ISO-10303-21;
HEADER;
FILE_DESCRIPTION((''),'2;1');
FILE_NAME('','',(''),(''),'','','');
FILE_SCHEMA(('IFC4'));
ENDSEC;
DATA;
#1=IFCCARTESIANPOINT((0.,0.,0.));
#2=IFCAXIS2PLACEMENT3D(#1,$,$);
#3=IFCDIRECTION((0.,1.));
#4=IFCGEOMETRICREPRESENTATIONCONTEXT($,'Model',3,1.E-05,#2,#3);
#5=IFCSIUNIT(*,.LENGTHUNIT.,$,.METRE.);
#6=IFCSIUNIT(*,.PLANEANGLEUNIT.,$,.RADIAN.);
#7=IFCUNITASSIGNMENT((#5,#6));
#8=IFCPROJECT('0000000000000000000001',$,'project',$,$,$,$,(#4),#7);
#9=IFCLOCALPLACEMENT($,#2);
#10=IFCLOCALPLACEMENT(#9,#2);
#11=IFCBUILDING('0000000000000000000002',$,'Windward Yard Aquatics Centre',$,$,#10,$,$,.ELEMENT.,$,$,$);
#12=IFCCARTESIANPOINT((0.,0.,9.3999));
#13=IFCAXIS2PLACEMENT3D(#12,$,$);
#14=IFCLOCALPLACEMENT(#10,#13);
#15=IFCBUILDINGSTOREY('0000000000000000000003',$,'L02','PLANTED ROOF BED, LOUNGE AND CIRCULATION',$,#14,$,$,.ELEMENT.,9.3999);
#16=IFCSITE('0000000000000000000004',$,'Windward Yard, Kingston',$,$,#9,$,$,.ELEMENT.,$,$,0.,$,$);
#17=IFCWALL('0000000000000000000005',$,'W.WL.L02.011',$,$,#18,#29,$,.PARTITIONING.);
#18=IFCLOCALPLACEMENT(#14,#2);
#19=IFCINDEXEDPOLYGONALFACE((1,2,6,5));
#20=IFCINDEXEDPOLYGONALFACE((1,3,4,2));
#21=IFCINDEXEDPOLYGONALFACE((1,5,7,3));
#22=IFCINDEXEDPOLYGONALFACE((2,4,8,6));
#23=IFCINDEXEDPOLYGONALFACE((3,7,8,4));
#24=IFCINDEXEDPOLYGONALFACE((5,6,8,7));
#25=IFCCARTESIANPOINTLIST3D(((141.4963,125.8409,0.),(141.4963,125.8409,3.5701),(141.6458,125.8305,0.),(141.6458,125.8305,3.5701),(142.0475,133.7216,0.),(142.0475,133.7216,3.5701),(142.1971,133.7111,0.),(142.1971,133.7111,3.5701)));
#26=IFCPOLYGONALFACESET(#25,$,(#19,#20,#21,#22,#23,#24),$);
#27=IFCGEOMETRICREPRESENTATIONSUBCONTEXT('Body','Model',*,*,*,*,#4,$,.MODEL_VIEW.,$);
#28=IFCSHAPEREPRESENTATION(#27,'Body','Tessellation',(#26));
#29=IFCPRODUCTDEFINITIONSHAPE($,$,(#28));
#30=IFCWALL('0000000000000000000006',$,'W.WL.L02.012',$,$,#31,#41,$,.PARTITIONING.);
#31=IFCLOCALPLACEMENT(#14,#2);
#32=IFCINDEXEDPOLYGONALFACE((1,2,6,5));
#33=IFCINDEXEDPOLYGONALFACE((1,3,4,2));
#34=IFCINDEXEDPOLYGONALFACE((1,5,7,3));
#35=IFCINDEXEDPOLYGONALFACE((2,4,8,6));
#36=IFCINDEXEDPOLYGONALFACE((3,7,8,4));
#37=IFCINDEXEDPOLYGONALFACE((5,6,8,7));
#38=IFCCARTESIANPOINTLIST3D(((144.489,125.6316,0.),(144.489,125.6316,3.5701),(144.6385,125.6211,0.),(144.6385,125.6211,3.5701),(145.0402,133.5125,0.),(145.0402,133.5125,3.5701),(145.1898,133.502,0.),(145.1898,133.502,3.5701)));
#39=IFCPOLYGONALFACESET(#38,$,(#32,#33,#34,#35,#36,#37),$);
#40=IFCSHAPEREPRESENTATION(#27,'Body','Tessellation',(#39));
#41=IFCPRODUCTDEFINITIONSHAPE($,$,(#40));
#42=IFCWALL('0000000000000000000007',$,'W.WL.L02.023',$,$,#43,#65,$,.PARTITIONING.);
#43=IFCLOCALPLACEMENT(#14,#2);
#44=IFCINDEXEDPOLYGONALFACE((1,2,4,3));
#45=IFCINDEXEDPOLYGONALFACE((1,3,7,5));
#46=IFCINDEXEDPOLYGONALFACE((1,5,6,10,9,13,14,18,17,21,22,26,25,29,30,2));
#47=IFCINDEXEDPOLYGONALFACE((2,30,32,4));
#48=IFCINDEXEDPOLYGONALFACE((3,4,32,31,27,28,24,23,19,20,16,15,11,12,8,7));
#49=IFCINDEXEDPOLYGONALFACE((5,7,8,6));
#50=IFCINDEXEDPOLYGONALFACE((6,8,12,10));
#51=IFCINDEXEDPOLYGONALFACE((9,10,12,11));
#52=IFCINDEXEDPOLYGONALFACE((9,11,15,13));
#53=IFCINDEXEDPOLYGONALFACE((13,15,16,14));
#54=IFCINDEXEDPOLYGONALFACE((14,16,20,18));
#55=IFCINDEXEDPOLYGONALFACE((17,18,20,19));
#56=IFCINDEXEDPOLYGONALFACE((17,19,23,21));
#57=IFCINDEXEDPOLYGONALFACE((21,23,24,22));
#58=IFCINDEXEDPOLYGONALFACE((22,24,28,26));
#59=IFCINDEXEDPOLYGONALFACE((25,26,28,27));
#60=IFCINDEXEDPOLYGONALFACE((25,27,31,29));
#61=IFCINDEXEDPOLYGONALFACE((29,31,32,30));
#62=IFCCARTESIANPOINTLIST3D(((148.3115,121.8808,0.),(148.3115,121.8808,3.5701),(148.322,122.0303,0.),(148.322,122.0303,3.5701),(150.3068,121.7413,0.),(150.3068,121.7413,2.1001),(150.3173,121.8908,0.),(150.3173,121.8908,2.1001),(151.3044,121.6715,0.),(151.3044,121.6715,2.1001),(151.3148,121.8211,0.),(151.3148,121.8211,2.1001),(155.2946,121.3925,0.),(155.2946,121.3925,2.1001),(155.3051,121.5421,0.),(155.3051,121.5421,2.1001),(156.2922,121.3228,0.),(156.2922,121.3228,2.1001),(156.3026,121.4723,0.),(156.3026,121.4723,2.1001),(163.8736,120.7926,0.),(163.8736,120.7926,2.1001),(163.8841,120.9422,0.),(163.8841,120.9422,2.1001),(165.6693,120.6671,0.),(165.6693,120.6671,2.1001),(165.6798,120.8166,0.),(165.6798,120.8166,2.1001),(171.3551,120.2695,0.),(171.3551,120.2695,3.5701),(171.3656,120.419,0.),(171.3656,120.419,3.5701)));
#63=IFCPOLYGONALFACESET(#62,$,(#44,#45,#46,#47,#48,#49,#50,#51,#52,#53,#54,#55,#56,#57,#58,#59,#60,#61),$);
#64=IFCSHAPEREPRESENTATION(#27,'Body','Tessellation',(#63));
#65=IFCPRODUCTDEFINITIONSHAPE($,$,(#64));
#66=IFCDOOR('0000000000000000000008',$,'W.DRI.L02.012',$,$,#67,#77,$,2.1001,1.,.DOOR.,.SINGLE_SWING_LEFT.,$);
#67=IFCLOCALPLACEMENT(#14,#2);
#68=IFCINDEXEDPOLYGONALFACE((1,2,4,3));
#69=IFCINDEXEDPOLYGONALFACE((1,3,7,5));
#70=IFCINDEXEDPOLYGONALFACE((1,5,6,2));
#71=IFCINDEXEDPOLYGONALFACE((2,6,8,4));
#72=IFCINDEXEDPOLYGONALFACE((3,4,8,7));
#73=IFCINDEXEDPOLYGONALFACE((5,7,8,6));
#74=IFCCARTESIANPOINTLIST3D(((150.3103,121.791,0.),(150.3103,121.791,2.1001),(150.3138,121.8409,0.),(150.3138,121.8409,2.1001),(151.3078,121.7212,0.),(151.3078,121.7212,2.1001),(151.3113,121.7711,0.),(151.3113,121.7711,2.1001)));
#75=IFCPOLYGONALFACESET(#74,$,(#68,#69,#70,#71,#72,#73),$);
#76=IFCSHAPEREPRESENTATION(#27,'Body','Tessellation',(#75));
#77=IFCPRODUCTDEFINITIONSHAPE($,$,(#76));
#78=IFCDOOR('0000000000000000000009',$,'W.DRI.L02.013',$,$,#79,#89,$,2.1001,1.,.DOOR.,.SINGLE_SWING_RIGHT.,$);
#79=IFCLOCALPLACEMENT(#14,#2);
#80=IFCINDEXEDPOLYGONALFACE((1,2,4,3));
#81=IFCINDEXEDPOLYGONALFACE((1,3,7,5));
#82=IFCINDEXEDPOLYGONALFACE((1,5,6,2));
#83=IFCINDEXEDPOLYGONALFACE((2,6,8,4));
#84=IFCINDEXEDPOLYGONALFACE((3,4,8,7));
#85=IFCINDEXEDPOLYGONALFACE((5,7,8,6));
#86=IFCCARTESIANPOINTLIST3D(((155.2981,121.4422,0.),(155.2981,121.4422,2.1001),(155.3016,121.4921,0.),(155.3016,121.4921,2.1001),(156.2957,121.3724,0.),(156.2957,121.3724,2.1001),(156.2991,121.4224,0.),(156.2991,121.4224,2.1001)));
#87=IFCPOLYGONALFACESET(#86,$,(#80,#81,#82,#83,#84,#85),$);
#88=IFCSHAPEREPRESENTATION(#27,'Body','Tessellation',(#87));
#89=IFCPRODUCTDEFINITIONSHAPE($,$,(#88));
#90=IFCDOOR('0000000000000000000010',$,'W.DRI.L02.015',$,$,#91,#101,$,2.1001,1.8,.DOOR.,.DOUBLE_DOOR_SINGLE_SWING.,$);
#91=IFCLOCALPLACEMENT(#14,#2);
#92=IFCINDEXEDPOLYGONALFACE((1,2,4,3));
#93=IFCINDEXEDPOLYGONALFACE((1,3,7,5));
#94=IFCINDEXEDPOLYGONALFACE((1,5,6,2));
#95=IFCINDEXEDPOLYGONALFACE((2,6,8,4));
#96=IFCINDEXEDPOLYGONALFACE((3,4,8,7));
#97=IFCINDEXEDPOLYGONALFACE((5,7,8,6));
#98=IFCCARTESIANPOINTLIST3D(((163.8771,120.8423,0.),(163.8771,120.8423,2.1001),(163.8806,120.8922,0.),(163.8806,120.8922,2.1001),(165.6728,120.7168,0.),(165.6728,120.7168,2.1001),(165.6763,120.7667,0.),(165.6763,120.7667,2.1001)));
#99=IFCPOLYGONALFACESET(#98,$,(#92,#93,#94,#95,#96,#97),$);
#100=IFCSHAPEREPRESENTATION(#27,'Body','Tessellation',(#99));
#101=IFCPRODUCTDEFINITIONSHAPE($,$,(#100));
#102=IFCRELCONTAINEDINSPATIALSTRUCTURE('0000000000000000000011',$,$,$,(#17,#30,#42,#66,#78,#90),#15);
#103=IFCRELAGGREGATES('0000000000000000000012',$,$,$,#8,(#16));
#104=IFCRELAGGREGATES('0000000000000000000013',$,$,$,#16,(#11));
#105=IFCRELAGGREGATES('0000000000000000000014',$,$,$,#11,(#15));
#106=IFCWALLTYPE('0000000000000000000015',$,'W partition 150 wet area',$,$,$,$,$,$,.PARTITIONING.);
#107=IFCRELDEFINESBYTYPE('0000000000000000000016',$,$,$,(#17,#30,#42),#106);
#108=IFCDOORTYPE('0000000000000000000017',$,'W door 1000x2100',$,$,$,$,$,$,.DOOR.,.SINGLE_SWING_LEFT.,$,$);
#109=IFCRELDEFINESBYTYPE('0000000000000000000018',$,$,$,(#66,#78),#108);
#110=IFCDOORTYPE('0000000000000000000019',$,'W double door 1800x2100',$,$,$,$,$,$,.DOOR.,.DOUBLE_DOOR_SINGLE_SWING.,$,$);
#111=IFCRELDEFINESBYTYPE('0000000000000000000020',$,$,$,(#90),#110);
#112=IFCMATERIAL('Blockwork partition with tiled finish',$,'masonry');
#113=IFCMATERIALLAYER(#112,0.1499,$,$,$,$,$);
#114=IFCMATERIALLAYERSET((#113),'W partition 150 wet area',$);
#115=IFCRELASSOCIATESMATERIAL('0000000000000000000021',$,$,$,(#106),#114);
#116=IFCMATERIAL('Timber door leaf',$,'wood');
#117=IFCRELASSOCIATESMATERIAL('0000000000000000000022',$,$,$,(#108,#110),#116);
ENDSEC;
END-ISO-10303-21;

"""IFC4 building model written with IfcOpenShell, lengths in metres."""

from ifc_helpers import new_model, si_unit, direction, frame, frame_2d, origin, place, context, subcontext, project, spatial, rectangle, extrude, material, layer, layer_set, type_object, element, fill, save


model = new_model("IFC4")

# Units and contexts
model_context = context("Model", 3, precision=1e-05, world=origin(), true_north=direction((0.0, 1.0)))
body_context = subcontext(model_context, "Body", "Model", "MODEL_VIEW")
ifc_project = project(units=[si_unit("LENGTHUNIT", "METRE"), si_unit("PLANEANGLEUNIT", "RADIAN")], contexts=[model_context])

# Site, building, storey
site_placement = place(None, origin())
site = spatial("IfcSite", under=ifc_project, at=site_placement, Name="Windward Yard, Kingston", CompositionType="ELEMENT", RefElevation=0.0)
building_placement = place(site_placement, origin())
building = spatial("IfcBuilding", under=site, at=building_placement, Name="Windward Yard Aquatics Centre", CompositionType="ELEMENT")
storey_placement = place(building_placement, frame((0.0, 0.0, 9.3999)))
storey = spatial("IfcBuildingStorey", under=building, at=storey_placement, Name="L02", Description="PLANTED ROOF BED, LOUNGE AND CIRCULATION", CompositionType="ELEMENT", Elevation=9.3999)

# Walls
ifc_material_1 = material(Name="Blockwork partition with tiled finish", Category="masonry")
ifc_layer_1 = layer(ifc_material_1, 0.1499)
ifc_layer_set_1 = layer_set([ifc_layer_1], Name="W partition 150 wet area")
wall_type_1 = type_object("IfcWallType", Name="W partition 150 wet area", PredefinedType="PARTITIONING", material=ifc_layer_set_1)
wall_1_placement = place(storey_placement, frame((141.571, 125.8357, 0.0), z_axis=(0.0, 0.0, 1.0), x_axis=(0.069782, 0.997562, 0.0)))
element("IfcWall", 1, at=wall_1_placement, inside=storey, type_object=wall_type_1, Name="W.WL.L02.011", PredefinedType="PARTITIONING", context=body_context, shape_type="SweptSolid", body=[
    extrude(rectangle(XDim=7.8999, YDim=0.1499, at=frame_2d((3.95, 0.0))), origin(), (0.0, 0.0, 1.0), 3.5701),
])
wall_2_placement = place(storey_placement, frame((144.5637, 125.6262, 0.0), z_axis=(0.0, 0.0, 1.0), x_axis=(0.06978, 0.997562, 0.0)))
element("IfcWall", 2, at=wall_2_placement, inside=storey, type_object=wall_type_1, Name="W.WL.L02.012", PredefinedType="PARTITIONING", context=body_context, shape_type="SweptSolid", body=[
    extrude(rectangle(XDim=7.9001, YDim=0.1499, at=frame_2d((3.9502, 0.0))), origin(), (0.0, 0.0, 1.0), 3.5701),
])

# Wall, openings, doors
wall_3_placement = place(storey_placement, frame((148.3169, 121.9556, 0.0), z_axis=(0.0, 0.0, 1.0), x_axis=(0.997564, -0.069755, 0.0)))
wall_3 = element("IfcWall", 3, at=wall_3_placement, inside=storey, type_object=wall_type_1, Name="W.WL.L02.023", PredefinedType="PARTITIONING", context=body_context, shape_type="SweptSolid", body=[
    extrude(rectangle(XDim=23.0999, YDim=0.1499, at=frame_2d((11.5498, 0.0))), origin(), (0.0, 0.0, 1.0), 3.5701),
])
opening_1_placement = place(wall_3_placement, frame((2.0, 0.0, 0.0)))
opening_1 = element("IfcOpeningElement", 4, at=opening_1_placement, cuts=wall_3, PredefinedType="OPENING", context=body_context, shape_type="SweptSolid", body=[
    extrude(rectangle(XDim=1.0, YDim=2.1001, at=frame_2d((0.5, 1.05))), frame((0.0, 0.085, 0.0), z_axis=(0.0, -1.0, 0.0), x_axis=(1.0, 0.0, 0.0)), (0.0, 0.0, 1.0), 0.1699),
])
opening_2_placement = place(wall_3_placement, frame((7.0, 0.0, 0.0)))
opening_2 = element("IfcOpeningElement", 5, at=opening_2_placement, cuts=wall_3, PredefinedType="OPENING", context=body_context, shape_type="SweptSolid", body=[
    extrude(rectangle(XDim=1.0, YDim=2.1001, at=frame_2d((0.5, 1.05))), frame((0.0, 0.085, 0.0), z_axis=(0.0, -1.0, 0.0), x_axis=(1.0, 0.0, 0.0)), (0.0, 0.0, 1.0), 0.1699),
])
opening_3_placement = place(wall_3_placement, frame((15.6001, 0.0, 0.0)))
opening_3 = element("IfcOpeningElement", 6, at=opening_3_placement, cuts=wall_3, PredefinedType="OPENING", context=body_context, shape_type="SweptSolid", body=[
    extrude(rectangle(XDim=1.8, YDim=2.1001, at=frame_2d((0.8999, 1.05))), frame((0.0, 0.085, 0.0), z_axis=(0.0, -1.0, 0.0), x_axis=(1.0, 0.0, 0.0)), (0.0, 0.0, 1.0), 0.1699),
])
ifc_material_2 = material(Name="Timber door leaf", Category="wood")
door_type_1 = type_object("IfcDoorType", Name="W door 1000x2100", OperationType="SINGLE_SWING_LEFT", PredefinedType="DOOR", material=ifc_material_2)
door_1_placement = place(opening_1_placement, origin())
door_1 = element("IfcDoor", 7, at=door_1_placement, inside=storey, type_object=door_type_1, Name="W.DRI.L02.012", OperationType="SINGLE_SWING_LEFT", OverallHeight=2.1001, OverallWidth=1.0, PredefinedType="DOOR", context=body_context, shape_type="SweptSolid", body=[
    extrude(rectangle(XDim=1.0, YDim=2.1001, at=frame_2d((0.5, 1.05))), frame((0.0, 0.0249, 0.0), z_axis=(0.0, -1.0, 0.0), x_axis=(1.0, 0.0, 0.0)), (0.0, 0.0, 1.0), 0.05),
])
fill(opening_1, door_1)
door_2_placement = place(opening_2_placement, origin())
door_2 = element("IfcDoor", 8, at=door_2_placement, inside=storey, type_object=door_type_1, Name="W.DRI.L02.013", OperationType="SINGLE_SWING_RIGHT", OverallHeight=2.1001, OverallWidth=1.0, PredefinedType="DOOR", context=body_context, shape_type="SweptSolid", body=[
    extrude(rectangle(XDim=1.0, YDim=2.1001, at=frame_2d((0.5, 1.05))), frame((0.0, 0.0249, 0.0), z_axis=(0.0, -1.0, 0.0), x_axis=(1.0, 0.0, 0.0)), (0.0, 0.0, 1.0), 0.05),
])
fill(opening_2, door_2)
door_type_2 = type_object("IfcDoorType", Name="W double door 1800x2100", OperationType="DOUBLE_DOOR_SINGLE_SWING", PredefinedType="DOOR", material=ifc_material_2)
door_3_placement = place(opening_3_placement, origin())
door_3 = element("IfcDoor", 9, at=door_3_placement, inside=storey, type_object=door_type_2, Name="W.DRI.L02.015", OperationType="DOUBLE_DOOR_SINGLE_SWING", OverallHeight=2.1001, OverallWidth=1.8, PredefinedType="DOOR", context=body_context, shape_type="SweptSolid", body=[
    extrude(rectangle(XDim=1.8, YDim=2.1001, at=frame_2d((0.8999, 1.05))), frame((0.0, 0.0249, 0.0), z_axis=(0.0, -1.0, 0.0), x_axis=(1.0, 0.0, 0.0)), (0.0, 0.0, 1.0), 0.05),
])
fill(opening_3, door_3)

save(model, "model.ifc")
